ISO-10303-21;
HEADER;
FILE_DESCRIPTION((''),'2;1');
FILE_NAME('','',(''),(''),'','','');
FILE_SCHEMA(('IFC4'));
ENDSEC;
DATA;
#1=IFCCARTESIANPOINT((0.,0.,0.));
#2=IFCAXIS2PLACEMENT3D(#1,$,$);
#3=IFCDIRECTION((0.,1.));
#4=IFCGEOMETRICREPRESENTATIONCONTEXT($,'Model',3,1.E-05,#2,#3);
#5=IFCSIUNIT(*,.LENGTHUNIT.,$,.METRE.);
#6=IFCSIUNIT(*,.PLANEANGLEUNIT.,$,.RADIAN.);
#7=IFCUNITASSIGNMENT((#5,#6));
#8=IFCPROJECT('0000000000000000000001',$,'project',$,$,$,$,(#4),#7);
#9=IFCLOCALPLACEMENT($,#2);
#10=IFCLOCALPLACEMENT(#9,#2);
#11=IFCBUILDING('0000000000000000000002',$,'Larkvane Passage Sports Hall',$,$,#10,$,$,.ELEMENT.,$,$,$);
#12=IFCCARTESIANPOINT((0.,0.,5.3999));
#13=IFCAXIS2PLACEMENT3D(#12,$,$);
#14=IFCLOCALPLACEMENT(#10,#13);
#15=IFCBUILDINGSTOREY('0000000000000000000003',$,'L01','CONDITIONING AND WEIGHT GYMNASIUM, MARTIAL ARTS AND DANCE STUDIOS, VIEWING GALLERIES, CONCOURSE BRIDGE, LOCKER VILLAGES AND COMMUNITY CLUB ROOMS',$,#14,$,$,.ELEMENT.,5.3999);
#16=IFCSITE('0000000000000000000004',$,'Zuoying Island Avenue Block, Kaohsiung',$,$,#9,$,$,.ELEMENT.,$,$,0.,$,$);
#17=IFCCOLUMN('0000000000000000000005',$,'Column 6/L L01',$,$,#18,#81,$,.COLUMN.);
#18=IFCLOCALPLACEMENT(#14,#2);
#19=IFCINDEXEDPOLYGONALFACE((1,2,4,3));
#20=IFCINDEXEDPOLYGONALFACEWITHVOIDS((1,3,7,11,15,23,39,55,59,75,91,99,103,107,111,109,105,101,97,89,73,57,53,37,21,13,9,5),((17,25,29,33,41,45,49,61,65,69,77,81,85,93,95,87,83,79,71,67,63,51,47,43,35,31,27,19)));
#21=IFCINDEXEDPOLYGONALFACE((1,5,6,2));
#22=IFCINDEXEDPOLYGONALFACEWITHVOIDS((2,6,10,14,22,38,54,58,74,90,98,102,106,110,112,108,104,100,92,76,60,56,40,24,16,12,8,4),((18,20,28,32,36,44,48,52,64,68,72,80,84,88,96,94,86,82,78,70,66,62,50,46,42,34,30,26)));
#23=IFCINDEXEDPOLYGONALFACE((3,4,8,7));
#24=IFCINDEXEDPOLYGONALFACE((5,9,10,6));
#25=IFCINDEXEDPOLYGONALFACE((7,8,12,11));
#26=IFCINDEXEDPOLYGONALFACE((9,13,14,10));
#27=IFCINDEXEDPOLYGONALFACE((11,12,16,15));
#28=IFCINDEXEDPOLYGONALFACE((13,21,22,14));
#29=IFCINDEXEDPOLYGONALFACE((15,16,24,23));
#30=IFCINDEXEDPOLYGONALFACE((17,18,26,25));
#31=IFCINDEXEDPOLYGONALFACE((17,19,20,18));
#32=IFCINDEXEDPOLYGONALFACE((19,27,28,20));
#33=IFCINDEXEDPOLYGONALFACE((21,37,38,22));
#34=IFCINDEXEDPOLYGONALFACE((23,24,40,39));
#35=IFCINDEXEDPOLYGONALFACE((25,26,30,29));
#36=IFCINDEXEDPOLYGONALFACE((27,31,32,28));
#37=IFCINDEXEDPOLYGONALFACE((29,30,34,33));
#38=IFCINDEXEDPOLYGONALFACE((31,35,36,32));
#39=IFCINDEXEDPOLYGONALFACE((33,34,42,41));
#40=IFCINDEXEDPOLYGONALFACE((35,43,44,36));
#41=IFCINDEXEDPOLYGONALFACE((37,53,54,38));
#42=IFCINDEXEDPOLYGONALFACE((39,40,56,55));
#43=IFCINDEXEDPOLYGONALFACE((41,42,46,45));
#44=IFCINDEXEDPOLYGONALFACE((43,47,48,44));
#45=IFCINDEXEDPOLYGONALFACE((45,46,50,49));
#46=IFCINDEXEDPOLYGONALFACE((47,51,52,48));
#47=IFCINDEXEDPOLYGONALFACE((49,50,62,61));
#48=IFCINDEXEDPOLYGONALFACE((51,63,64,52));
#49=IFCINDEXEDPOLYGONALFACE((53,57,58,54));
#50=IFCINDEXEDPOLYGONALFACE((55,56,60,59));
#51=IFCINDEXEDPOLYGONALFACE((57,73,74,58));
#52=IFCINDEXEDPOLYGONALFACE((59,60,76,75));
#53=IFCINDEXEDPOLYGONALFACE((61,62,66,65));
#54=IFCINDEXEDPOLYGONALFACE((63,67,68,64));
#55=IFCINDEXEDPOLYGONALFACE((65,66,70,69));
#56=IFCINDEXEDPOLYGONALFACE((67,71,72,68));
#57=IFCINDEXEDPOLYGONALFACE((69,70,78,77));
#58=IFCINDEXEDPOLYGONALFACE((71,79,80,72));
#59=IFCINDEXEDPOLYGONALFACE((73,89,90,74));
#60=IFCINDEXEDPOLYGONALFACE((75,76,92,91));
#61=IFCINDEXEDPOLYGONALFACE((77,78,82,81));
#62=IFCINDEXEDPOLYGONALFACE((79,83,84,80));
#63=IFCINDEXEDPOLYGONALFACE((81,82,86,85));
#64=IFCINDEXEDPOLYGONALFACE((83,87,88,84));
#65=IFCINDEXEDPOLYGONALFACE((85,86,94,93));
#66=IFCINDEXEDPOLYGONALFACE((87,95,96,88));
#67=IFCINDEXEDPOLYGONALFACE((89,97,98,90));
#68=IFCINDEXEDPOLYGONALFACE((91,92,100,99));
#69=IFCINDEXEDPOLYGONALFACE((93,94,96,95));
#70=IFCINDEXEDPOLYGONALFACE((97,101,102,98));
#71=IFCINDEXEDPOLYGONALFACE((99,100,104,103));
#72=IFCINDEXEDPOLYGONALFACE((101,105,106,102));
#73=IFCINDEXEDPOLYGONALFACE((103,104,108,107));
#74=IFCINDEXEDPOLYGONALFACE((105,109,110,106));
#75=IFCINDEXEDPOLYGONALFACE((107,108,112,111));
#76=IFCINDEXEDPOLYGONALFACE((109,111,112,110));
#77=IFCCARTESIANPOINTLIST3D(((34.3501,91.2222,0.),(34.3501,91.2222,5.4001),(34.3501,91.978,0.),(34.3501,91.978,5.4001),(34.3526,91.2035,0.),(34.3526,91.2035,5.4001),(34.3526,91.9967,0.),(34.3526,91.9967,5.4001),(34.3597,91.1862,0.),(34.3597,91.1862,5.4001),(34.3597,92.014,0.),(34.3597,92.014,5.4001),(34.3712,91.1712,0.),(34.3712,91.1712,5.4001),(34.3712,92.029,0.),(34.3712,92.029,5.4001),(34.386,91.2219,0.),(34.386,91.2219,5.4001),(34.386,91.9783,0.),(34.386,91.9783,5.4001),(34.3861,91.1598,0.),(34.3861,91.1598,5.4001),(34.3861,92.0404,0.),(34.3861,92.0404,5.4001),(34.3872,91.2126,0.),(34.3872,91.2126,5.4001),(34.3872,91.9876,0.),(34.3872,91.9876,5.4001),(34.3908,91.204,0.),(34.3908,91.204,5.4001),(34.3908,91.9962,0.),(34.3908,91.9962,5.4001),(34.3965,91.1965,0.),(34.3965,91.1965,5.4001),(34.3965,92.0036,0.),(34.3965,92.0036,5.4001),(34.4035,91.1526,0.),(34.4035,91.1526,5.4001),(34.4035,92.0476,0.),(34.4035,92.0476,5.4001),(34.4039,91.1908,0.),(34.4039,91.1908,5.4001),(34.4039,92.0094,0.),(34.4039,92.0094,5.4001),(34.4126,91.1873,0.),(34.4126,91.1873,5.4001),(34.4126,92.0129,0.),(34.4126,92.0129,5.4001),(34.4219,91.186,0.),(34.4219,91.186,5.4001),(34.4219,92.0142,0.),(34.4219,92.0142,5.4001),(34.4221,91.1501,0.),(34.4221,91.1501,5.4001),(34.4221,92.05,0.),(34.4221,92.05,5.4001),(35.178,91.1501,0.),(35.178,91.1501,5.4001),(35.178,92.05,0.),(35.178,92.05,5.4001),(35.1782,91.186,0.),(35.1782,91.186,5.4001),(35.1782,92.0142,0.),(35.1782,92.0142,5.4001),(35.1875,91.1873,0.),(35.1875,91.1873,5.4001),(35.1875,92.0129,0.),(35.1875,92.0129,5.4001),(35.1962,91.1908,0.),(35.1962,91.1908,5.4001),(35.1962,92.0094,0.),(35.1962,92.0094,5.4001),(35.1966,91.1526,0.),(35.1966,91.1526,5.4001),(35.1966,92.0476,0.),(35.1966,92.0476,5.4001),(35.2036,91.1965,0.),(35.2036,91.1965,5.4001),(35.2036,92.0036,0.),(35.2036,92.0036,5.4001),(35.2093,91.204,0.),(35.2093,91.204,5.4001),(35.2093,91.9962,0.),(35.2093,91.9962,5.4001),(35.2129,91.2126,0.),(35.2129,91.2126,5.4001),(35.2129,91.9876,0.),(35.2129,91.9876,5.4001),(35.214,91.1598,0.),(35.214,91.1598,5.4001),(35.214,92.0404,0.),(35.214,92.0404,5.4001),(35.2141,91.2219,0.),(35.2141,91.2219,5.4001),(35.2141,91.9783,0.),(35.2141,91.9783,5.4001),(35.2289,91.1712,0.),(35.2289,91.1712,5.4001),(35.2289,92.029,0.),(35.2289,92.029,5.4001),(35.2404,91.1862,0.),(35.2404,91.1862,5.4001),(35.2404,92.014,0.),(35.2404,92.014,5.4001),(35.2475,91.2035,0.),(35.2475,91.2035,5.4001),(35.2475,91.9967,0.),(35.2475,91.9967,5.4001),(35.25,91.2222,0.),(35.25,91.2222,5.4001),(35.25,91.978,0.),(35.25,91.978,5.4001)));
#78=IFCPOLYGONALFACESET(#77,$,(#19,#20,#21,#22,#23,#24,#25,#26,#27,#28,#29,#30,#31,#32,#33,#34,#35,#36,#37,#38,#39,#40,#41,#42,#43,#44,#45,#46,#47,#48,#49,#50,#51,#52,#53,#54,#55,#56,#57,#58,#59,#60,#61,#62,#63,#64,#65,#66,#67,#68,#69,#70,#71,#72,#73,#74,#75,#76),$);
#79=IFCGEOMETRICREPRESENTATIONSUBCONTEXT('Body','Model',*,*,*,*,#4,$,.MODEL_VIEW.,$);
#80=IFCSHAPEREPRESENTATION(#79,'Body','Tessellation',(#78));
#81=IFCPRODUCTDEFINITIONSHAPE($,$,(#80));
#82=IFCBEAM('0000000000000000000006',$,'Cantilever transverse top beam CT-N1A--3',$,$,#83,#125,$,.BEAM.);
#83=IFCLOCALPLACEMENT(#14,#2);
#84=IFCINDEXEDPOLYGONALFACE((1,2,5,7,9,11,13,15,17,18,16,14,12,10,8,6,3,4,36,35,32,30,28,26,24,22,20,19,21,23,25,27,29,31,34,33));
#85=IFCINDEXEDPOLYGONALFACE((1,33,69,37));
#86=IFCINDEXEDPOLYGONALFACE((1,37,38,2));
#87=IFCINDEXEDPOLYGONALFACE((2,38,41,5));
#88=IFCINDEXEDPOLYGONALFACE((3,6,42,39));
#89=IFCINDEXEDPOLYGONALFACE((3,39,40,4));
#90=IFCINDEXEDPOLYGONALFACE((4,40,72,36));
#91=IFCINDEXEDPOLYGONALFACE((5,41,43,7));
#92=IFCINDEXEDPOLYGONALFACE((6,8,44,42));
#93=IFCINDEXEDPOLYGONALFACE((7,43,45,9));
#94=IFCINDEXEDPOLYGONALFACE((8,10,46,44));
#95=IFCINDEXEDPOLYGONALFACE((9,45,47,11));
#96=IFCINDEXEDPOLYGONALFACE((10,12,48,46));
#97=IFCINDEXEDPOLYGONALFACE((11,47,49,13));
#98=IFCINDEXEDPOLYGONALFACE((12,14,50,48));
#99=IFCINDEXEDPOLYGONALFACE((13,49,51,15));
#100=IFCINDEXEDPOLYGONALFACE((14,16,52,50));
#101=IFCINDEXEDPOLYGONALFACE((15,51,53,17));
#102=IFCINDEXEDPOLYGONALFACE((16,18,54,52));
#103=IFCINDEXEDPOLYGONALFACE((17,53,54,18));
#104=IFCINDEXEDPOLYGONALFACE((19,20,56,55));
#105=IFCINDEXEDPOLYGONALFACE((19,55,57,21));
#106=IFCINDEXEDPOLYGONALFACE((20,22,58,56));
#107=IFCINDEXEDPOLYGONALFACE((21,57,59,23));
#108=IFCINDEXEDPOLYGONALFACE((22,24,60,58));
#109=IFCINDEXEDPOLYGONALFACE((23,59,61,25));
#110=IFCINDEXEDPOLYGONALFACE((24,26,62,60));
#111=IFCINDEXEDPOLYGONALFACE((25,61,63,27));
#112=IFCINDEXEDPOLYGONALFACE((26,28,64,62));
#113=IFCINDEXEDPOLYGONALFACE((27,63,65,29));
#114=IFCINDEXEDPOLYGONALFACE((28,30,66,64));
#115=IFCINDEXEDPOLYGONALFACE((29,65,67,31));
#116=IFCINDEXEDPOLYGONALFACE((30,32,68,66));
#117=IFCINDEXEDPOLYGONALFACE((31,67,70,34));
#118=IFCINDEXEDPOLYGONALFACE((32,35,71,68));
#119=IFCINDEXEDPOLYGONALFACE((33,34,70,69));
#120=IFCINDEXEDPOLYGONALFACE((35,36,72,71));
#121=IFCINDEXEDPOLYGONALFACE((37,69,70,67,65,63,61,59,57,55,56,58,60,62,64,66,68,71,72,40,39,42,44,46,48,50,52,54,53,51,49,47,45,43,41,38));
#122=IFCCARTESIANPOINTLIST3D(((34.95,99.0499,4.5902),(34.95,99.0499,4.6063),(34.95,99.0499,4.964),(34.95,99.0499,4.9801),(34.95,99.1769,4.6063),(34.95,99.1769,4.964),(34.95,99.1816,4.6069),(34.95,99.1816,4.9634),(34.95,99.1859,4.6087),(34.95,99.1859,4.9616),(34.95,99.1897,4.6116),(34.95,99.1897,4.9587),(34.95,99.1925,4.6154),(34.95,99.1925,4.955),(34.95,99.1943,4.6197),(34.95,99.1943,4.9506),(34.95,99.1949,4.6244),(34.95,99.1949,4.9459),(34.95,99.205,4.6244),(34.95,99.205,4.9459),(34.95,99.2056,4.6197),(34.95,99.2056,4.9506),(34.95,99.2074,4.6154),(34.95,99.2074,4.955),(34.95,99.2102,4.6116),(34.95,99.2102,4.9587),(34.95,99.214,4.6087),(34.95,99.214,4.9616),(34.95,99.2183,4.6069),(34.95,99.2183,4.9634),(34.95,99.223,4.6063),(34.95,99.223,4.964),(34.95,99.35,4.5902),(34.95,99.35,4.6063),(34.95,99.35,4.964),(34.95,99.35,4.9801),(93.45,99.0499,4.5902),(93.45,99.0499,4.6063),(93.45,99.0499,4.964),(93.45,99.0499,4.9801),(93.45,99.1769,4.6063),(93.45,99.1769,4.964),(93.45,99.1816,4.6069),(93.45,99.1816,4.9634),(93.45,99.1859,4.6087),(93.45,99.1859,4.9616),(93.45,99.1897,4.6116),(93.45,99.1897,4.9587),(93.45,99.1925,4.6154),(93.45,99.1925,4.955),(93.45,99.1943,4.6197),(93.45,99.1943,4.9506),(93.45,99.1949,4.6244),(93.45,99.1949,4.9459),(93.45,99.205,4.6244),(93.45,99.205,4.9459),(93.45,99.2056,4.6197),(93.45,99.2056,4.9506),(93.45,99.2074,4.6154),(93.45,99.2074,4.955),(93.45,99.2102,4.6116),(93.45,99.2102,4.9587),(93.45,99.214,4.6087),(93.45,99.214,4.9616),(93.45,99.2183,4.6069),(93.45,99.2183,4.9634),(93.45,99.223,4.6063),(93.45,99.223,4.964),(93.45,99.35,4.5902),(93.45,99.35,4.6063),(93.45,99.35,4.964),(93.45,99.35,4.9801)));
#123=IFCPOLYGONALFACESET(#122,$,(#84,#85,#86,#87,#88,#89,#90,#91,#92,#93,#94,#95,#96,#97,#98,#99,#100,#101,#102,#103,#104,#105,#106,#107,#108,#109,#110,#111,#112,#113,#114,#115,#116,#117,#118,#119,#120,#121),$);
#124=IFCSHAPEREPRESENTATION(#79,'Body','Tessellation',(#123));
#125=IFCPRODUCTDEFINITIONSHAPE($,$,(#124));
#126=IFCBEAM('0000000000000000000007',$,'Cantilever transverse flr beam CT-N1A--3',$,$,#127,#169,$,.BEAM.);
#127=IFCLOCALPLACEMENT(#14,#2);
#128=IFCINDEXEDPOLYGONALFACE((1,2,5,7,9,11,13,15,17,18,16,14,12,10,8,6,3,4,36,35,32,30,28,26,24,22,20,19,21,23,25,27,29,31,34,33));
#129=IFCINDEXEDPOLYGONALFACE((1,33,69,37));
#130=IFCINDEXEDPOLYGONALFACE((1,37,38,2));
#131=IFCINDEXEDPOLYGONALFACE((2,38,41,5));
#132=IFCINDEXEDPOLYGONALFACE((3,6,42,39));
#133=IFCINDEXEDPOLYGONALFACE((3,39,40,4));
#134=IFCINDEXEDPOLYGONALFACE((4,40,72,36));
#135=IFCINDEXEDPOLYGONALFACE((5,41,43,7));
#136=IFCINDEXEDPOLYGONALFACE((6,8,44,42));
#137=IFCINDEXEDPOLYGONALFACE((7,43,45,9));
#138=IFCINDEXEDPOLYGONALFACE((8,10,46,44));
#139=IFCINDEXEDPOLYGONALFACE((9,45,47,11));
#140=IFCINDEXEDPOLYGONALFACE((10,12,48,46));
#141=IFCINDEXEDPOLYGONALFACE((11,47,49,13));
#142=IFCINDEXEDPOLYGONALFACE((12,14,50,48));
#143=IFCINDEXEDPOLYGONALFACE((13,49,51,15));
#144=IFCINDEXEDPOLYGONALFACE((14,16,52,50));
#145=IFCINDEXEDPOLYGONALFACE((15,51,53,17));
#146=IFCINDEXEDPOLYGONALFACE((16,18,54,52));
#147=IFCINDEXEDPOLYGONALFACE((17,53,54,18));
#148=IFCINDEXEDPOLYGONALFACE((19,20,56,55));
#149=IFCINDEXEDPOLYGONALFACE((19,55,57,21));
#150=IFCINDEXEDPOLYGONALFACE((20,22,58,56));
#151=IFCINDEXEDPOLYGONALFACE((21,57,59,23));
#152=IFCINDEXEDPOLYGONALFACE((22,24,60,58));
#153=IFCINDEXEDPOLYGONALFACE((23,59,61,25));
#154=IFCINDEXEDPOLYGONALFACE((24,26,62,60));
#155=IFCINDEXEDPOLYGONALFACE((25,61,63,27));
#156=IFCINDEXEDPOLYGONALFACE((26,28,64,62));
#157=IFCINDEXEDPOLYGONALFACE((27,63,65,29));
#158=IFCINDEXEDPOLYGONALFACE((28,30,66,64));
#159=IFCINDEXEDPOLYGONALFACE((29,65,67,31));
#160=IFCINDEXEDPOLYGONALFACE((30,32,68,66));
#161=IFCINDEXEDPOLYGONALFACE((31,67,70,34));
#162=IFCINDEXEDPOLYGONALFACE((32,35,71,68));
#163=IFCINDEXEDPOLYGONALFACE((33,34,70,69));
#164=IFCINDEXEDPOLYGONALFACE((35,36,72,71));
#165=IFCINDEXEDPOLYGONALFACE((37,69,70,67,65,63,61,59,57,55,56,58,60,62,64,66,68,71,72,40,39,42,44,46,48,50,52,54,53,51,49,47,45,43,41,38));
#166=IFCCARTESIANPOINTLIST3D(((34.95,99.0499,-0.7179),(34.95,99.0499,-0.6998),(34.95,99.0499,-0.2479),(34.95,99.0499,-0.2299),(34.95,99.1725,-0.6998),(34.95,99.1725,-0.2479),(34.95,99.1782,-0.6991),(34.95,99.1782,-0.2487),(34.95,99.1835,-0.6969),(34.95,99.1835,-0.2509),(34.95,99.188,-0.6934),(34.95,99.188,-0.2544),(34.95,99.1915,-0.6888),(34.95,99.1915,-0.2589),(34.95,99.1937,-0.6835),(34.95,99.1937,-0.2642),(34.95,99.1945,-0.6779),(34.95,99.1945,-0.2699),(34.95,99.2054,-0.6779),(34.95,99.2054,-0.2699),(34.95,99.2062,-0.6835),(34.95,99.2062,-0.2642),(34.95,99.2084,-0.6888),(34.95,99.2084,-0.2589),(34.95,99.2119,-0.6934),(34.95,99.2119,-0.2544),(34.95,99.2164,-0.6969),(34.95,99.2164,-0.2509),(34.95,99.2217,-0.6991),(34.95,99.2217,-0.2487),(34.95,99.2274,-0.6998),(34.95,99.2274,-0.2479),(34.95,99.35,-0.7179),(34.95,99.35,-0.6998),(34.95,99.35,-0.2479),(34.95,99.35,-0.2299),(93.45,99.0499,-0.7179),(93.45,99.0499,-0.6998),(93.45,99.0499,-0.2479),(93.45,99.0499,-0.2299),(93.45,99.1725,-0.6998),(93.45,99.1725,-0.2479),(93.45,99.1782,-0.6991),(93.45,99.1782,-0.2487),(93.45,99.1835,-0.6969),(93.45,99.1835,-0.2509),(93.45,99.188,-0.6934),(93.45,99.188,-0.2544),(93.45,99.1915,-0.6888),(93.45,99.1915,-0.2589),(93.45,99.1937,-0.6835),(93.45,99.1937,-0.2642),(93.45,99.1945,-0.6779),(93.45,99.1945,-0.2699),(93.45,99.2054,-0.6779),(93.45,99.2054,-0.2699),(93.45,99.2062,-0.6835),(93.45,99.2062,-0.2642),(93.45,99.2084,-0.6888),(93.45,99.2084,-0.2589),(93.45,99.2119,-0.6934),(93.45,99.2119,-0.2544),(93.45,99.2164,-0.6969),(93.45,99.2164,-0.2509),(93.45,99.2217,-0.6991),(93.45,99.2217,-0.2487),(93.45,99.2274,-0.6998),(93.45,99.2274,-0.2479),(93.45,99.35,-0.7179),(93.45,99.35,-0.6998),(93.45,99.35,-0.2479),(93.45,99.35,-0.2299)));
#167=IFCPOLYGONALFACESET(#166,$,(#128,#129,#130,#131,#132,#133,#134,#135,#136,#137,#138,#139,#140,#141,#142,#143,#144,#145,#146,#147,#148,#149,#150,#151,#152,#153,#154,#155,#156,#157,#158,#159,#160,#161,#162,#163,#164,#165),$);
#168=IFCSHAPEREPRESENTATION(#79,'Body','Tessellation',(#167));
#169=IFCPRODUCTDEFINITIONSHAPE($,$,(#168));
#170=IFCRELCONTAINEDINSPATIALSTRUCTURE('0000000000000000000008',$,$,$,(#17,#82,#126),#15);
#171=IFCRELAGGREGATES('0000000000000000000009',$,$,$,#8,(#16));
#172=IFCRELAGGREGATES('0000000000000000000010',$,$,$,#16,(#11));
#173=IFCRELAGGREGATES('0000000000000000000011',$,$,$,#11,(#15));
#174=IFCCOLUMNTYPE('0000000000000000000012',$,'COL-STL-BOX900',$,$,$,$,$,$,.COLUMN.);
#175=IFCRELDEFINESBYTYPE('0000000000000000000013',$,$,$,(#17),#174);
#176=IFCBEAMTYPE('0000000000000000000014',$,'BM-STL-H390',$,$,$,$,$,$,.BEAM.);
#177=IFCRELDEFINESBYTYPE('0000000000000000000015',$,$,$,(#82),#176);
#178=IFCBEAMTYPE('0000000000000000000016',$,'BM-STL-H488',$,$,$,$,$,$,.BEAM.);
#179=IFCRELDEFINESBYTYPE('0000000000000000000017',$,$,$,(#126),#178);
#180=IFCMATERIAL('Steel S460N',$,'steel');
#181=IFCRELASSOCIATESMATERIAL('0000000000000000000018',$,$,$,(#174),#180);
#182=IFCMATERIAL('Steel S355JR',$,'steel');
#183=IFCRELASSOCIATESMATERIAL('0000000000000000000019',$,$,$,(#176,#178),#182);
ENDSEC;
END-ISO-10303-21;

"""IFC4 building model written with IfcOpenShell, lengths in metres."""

from ifc_helpers import new_model, si_unit, direction, frame, origin, origin_2d, place, context, subcontext, project, spatial, hollow_rectangle, i_section, extrude, material, material_profile, profile_set, type_object, element, save


model = new_model("IFC4")

# Units and contexts
model_context = context("Model", 3, precision=1e-05, world=origin(), true_north=direction((0.0, 1.0)))
body_context = subcontext(model_context, "Body", "Model", "MODEL_VIEW")
ifc_project = project(units=[si_unit("LENGTHUNIT", "METRE"), si_unit("PLANEANGLEUNIT", "RADIAN")], contexts=[model_context])

# Site, building, storey
site_placement = place(None, origin())
site = spatial("IfcSite", under=ifc_project, at=site_placement, Name="Zuoying Island Avenue Block, Kaohsiung", CompositionType="ELEMENT", RefElevation=0.0)
building_placement = place(site_placement, origin())
building = spatial("IfcBuilding", under=site, at=building_placement, Name="Larkvane Passage Sports Hall", CompositionType="ELEMENT")
storey_placement = place(building_placement, frame((0.0, 0.0, 5.3999)))
storey = spatial("IfcBuildingStorey", under=building, at=storey_placement, Name="L01", Description="CONDITIONING AND WEIGHT GYMNASIUM, MARTIAL ARTS AND DANCE STUDIOS, VIEWING GALLERIES, CONCOURSE BRIDGE, LOCKER VILLAGES AND COMMUNITY CLUB ROOMS", CompositionType="ELEMENT", Elevation=5.3999)

# Column
ifc_material_1 = material(Name="Steel S460N", Category="steel")
ifc_material_profile_1 = material_profile(ifc_material_1, hollow_rectangle(XDim=0.8999, YDim=0.8999, WallThickness=0.0359, InnerFilletRadius=0.0359, OuterFilletRadius=0.072, at=origin_2d()), Name="BOX-900x900x36")
ifc_profile_set_1 = profile_set([ifc_material_profile_1], Name="Steel S460N")
column_type = type_object("IfcColumnType", Name="COL-STL-BOX900", PredefinedType="COLUMN", material=ifc_profile_set_1)
column_placement = place(storey_placement, frame((34.8, 91.6001, 0.0), z_axis=(0.0, 0.0, 1.0), x_axis=(1.0, 0.0, 0.0)))
element("IfcColumn", 1, at=column_placement, inside=storey, type_object=column_type, Name="Column 6/L L01", PredefinedType="COLUMN", context=body_context, shape_type="SweptSolid", body=[
    extrude(hollow_rectangle(XDim=0.8999, YDim=0.8999, WallThickness=0.0359, InnerFilletRadius=0.0359, OuterFilletRadius=0.072, at=origin_2d()), origin(), (0.0, 0.0, 1.0), 5.4001),
])

# Beams
ifc_material_2 = material(Name="Steel S355JR", Category="steel")
ifc_material_profile_2 = material_profile(ifc_material_2, i_section(OverallWidth=0.3, OverallDepth=0.3899, WebThickness=0.01, FlangeThickness=0.0161, FilletRadius=0.0181, at=origin_2d()), Name="H-390x300x10x16")
ifc_profile_set_2 = profile_set([ifc_material_profile_2], Name="Steel S355JR")
beam_type_1 = type_object("IfcBeamType", Name="BM-STL-H390", PredefinedType="BEAM", material=ifc_profile_set_2)
beam_1_placement = place(storey_placement, frame((34.95, 99.2, 4.7852), z_axis=(1.0, 0.0, 0.0), x_axis=(0.0, 1.0, 0.0)))
element("IfcBeam", 2, at=beam_1_placement, inside=storey, type_object=beam_type_1, Name="Cantilever transverse top beam CT-N1A--3", PredefinedType="BEAM", context=body_context, shape_type="SweptSolid", body=[
    extrude(i_section(OverallWidth=0.3, OverallDepth=0.3899, WebThickness=0.01, FlangeThickness=0.0161, FilletRadius=0.0181, at=origin_2d()), origin(), (0.0, 0.0, 1.0), 58.5),
])
ifc_material_profile_3 = material_profile(ifc_material_2, i_section(OverallWidth=0.3, OverallDepth=0.488, WebThickness=0.011, FlangeThickness=0.0181, FilletRadius=0.022, at=origin_2d()), Name="H-488x300x11x18")
ifc_profile_set_3 = profile_set([ifc_material_profile_3], Name="Steel S355JR")
beam_type_2 = type_object("IfcBeamType", Name="BM-STL-H488", PredefinedType="BEAM", material=ifc_profile_set_3)
beam_2_placement = place(storey_placement, frame((34.95, 99.2, -0.4739), z_axis=(1.0, 0.0, 0.0), x_axis=(0.0, 1.0, 0.0)))
element("IfcBeam", 3, at=beam_2_placement, inside=storey, type_object=beam_type_2, Name="Cantilever transverse flr beam CT-N1A--3", PredefinedType="BEAM", context=body_context, shape_type="SweptSolid", body=[
    extrude(i_section(OverallWidth=0.3, OverallDepth=0.488, WebThickness=0.011, FlangeThickness=0.0181, FilletRadius=0.022, at=origin_2d()), origin(), (0.0, 0.0, 1.0), 58.5),
])

save(model, "model.ifc")
